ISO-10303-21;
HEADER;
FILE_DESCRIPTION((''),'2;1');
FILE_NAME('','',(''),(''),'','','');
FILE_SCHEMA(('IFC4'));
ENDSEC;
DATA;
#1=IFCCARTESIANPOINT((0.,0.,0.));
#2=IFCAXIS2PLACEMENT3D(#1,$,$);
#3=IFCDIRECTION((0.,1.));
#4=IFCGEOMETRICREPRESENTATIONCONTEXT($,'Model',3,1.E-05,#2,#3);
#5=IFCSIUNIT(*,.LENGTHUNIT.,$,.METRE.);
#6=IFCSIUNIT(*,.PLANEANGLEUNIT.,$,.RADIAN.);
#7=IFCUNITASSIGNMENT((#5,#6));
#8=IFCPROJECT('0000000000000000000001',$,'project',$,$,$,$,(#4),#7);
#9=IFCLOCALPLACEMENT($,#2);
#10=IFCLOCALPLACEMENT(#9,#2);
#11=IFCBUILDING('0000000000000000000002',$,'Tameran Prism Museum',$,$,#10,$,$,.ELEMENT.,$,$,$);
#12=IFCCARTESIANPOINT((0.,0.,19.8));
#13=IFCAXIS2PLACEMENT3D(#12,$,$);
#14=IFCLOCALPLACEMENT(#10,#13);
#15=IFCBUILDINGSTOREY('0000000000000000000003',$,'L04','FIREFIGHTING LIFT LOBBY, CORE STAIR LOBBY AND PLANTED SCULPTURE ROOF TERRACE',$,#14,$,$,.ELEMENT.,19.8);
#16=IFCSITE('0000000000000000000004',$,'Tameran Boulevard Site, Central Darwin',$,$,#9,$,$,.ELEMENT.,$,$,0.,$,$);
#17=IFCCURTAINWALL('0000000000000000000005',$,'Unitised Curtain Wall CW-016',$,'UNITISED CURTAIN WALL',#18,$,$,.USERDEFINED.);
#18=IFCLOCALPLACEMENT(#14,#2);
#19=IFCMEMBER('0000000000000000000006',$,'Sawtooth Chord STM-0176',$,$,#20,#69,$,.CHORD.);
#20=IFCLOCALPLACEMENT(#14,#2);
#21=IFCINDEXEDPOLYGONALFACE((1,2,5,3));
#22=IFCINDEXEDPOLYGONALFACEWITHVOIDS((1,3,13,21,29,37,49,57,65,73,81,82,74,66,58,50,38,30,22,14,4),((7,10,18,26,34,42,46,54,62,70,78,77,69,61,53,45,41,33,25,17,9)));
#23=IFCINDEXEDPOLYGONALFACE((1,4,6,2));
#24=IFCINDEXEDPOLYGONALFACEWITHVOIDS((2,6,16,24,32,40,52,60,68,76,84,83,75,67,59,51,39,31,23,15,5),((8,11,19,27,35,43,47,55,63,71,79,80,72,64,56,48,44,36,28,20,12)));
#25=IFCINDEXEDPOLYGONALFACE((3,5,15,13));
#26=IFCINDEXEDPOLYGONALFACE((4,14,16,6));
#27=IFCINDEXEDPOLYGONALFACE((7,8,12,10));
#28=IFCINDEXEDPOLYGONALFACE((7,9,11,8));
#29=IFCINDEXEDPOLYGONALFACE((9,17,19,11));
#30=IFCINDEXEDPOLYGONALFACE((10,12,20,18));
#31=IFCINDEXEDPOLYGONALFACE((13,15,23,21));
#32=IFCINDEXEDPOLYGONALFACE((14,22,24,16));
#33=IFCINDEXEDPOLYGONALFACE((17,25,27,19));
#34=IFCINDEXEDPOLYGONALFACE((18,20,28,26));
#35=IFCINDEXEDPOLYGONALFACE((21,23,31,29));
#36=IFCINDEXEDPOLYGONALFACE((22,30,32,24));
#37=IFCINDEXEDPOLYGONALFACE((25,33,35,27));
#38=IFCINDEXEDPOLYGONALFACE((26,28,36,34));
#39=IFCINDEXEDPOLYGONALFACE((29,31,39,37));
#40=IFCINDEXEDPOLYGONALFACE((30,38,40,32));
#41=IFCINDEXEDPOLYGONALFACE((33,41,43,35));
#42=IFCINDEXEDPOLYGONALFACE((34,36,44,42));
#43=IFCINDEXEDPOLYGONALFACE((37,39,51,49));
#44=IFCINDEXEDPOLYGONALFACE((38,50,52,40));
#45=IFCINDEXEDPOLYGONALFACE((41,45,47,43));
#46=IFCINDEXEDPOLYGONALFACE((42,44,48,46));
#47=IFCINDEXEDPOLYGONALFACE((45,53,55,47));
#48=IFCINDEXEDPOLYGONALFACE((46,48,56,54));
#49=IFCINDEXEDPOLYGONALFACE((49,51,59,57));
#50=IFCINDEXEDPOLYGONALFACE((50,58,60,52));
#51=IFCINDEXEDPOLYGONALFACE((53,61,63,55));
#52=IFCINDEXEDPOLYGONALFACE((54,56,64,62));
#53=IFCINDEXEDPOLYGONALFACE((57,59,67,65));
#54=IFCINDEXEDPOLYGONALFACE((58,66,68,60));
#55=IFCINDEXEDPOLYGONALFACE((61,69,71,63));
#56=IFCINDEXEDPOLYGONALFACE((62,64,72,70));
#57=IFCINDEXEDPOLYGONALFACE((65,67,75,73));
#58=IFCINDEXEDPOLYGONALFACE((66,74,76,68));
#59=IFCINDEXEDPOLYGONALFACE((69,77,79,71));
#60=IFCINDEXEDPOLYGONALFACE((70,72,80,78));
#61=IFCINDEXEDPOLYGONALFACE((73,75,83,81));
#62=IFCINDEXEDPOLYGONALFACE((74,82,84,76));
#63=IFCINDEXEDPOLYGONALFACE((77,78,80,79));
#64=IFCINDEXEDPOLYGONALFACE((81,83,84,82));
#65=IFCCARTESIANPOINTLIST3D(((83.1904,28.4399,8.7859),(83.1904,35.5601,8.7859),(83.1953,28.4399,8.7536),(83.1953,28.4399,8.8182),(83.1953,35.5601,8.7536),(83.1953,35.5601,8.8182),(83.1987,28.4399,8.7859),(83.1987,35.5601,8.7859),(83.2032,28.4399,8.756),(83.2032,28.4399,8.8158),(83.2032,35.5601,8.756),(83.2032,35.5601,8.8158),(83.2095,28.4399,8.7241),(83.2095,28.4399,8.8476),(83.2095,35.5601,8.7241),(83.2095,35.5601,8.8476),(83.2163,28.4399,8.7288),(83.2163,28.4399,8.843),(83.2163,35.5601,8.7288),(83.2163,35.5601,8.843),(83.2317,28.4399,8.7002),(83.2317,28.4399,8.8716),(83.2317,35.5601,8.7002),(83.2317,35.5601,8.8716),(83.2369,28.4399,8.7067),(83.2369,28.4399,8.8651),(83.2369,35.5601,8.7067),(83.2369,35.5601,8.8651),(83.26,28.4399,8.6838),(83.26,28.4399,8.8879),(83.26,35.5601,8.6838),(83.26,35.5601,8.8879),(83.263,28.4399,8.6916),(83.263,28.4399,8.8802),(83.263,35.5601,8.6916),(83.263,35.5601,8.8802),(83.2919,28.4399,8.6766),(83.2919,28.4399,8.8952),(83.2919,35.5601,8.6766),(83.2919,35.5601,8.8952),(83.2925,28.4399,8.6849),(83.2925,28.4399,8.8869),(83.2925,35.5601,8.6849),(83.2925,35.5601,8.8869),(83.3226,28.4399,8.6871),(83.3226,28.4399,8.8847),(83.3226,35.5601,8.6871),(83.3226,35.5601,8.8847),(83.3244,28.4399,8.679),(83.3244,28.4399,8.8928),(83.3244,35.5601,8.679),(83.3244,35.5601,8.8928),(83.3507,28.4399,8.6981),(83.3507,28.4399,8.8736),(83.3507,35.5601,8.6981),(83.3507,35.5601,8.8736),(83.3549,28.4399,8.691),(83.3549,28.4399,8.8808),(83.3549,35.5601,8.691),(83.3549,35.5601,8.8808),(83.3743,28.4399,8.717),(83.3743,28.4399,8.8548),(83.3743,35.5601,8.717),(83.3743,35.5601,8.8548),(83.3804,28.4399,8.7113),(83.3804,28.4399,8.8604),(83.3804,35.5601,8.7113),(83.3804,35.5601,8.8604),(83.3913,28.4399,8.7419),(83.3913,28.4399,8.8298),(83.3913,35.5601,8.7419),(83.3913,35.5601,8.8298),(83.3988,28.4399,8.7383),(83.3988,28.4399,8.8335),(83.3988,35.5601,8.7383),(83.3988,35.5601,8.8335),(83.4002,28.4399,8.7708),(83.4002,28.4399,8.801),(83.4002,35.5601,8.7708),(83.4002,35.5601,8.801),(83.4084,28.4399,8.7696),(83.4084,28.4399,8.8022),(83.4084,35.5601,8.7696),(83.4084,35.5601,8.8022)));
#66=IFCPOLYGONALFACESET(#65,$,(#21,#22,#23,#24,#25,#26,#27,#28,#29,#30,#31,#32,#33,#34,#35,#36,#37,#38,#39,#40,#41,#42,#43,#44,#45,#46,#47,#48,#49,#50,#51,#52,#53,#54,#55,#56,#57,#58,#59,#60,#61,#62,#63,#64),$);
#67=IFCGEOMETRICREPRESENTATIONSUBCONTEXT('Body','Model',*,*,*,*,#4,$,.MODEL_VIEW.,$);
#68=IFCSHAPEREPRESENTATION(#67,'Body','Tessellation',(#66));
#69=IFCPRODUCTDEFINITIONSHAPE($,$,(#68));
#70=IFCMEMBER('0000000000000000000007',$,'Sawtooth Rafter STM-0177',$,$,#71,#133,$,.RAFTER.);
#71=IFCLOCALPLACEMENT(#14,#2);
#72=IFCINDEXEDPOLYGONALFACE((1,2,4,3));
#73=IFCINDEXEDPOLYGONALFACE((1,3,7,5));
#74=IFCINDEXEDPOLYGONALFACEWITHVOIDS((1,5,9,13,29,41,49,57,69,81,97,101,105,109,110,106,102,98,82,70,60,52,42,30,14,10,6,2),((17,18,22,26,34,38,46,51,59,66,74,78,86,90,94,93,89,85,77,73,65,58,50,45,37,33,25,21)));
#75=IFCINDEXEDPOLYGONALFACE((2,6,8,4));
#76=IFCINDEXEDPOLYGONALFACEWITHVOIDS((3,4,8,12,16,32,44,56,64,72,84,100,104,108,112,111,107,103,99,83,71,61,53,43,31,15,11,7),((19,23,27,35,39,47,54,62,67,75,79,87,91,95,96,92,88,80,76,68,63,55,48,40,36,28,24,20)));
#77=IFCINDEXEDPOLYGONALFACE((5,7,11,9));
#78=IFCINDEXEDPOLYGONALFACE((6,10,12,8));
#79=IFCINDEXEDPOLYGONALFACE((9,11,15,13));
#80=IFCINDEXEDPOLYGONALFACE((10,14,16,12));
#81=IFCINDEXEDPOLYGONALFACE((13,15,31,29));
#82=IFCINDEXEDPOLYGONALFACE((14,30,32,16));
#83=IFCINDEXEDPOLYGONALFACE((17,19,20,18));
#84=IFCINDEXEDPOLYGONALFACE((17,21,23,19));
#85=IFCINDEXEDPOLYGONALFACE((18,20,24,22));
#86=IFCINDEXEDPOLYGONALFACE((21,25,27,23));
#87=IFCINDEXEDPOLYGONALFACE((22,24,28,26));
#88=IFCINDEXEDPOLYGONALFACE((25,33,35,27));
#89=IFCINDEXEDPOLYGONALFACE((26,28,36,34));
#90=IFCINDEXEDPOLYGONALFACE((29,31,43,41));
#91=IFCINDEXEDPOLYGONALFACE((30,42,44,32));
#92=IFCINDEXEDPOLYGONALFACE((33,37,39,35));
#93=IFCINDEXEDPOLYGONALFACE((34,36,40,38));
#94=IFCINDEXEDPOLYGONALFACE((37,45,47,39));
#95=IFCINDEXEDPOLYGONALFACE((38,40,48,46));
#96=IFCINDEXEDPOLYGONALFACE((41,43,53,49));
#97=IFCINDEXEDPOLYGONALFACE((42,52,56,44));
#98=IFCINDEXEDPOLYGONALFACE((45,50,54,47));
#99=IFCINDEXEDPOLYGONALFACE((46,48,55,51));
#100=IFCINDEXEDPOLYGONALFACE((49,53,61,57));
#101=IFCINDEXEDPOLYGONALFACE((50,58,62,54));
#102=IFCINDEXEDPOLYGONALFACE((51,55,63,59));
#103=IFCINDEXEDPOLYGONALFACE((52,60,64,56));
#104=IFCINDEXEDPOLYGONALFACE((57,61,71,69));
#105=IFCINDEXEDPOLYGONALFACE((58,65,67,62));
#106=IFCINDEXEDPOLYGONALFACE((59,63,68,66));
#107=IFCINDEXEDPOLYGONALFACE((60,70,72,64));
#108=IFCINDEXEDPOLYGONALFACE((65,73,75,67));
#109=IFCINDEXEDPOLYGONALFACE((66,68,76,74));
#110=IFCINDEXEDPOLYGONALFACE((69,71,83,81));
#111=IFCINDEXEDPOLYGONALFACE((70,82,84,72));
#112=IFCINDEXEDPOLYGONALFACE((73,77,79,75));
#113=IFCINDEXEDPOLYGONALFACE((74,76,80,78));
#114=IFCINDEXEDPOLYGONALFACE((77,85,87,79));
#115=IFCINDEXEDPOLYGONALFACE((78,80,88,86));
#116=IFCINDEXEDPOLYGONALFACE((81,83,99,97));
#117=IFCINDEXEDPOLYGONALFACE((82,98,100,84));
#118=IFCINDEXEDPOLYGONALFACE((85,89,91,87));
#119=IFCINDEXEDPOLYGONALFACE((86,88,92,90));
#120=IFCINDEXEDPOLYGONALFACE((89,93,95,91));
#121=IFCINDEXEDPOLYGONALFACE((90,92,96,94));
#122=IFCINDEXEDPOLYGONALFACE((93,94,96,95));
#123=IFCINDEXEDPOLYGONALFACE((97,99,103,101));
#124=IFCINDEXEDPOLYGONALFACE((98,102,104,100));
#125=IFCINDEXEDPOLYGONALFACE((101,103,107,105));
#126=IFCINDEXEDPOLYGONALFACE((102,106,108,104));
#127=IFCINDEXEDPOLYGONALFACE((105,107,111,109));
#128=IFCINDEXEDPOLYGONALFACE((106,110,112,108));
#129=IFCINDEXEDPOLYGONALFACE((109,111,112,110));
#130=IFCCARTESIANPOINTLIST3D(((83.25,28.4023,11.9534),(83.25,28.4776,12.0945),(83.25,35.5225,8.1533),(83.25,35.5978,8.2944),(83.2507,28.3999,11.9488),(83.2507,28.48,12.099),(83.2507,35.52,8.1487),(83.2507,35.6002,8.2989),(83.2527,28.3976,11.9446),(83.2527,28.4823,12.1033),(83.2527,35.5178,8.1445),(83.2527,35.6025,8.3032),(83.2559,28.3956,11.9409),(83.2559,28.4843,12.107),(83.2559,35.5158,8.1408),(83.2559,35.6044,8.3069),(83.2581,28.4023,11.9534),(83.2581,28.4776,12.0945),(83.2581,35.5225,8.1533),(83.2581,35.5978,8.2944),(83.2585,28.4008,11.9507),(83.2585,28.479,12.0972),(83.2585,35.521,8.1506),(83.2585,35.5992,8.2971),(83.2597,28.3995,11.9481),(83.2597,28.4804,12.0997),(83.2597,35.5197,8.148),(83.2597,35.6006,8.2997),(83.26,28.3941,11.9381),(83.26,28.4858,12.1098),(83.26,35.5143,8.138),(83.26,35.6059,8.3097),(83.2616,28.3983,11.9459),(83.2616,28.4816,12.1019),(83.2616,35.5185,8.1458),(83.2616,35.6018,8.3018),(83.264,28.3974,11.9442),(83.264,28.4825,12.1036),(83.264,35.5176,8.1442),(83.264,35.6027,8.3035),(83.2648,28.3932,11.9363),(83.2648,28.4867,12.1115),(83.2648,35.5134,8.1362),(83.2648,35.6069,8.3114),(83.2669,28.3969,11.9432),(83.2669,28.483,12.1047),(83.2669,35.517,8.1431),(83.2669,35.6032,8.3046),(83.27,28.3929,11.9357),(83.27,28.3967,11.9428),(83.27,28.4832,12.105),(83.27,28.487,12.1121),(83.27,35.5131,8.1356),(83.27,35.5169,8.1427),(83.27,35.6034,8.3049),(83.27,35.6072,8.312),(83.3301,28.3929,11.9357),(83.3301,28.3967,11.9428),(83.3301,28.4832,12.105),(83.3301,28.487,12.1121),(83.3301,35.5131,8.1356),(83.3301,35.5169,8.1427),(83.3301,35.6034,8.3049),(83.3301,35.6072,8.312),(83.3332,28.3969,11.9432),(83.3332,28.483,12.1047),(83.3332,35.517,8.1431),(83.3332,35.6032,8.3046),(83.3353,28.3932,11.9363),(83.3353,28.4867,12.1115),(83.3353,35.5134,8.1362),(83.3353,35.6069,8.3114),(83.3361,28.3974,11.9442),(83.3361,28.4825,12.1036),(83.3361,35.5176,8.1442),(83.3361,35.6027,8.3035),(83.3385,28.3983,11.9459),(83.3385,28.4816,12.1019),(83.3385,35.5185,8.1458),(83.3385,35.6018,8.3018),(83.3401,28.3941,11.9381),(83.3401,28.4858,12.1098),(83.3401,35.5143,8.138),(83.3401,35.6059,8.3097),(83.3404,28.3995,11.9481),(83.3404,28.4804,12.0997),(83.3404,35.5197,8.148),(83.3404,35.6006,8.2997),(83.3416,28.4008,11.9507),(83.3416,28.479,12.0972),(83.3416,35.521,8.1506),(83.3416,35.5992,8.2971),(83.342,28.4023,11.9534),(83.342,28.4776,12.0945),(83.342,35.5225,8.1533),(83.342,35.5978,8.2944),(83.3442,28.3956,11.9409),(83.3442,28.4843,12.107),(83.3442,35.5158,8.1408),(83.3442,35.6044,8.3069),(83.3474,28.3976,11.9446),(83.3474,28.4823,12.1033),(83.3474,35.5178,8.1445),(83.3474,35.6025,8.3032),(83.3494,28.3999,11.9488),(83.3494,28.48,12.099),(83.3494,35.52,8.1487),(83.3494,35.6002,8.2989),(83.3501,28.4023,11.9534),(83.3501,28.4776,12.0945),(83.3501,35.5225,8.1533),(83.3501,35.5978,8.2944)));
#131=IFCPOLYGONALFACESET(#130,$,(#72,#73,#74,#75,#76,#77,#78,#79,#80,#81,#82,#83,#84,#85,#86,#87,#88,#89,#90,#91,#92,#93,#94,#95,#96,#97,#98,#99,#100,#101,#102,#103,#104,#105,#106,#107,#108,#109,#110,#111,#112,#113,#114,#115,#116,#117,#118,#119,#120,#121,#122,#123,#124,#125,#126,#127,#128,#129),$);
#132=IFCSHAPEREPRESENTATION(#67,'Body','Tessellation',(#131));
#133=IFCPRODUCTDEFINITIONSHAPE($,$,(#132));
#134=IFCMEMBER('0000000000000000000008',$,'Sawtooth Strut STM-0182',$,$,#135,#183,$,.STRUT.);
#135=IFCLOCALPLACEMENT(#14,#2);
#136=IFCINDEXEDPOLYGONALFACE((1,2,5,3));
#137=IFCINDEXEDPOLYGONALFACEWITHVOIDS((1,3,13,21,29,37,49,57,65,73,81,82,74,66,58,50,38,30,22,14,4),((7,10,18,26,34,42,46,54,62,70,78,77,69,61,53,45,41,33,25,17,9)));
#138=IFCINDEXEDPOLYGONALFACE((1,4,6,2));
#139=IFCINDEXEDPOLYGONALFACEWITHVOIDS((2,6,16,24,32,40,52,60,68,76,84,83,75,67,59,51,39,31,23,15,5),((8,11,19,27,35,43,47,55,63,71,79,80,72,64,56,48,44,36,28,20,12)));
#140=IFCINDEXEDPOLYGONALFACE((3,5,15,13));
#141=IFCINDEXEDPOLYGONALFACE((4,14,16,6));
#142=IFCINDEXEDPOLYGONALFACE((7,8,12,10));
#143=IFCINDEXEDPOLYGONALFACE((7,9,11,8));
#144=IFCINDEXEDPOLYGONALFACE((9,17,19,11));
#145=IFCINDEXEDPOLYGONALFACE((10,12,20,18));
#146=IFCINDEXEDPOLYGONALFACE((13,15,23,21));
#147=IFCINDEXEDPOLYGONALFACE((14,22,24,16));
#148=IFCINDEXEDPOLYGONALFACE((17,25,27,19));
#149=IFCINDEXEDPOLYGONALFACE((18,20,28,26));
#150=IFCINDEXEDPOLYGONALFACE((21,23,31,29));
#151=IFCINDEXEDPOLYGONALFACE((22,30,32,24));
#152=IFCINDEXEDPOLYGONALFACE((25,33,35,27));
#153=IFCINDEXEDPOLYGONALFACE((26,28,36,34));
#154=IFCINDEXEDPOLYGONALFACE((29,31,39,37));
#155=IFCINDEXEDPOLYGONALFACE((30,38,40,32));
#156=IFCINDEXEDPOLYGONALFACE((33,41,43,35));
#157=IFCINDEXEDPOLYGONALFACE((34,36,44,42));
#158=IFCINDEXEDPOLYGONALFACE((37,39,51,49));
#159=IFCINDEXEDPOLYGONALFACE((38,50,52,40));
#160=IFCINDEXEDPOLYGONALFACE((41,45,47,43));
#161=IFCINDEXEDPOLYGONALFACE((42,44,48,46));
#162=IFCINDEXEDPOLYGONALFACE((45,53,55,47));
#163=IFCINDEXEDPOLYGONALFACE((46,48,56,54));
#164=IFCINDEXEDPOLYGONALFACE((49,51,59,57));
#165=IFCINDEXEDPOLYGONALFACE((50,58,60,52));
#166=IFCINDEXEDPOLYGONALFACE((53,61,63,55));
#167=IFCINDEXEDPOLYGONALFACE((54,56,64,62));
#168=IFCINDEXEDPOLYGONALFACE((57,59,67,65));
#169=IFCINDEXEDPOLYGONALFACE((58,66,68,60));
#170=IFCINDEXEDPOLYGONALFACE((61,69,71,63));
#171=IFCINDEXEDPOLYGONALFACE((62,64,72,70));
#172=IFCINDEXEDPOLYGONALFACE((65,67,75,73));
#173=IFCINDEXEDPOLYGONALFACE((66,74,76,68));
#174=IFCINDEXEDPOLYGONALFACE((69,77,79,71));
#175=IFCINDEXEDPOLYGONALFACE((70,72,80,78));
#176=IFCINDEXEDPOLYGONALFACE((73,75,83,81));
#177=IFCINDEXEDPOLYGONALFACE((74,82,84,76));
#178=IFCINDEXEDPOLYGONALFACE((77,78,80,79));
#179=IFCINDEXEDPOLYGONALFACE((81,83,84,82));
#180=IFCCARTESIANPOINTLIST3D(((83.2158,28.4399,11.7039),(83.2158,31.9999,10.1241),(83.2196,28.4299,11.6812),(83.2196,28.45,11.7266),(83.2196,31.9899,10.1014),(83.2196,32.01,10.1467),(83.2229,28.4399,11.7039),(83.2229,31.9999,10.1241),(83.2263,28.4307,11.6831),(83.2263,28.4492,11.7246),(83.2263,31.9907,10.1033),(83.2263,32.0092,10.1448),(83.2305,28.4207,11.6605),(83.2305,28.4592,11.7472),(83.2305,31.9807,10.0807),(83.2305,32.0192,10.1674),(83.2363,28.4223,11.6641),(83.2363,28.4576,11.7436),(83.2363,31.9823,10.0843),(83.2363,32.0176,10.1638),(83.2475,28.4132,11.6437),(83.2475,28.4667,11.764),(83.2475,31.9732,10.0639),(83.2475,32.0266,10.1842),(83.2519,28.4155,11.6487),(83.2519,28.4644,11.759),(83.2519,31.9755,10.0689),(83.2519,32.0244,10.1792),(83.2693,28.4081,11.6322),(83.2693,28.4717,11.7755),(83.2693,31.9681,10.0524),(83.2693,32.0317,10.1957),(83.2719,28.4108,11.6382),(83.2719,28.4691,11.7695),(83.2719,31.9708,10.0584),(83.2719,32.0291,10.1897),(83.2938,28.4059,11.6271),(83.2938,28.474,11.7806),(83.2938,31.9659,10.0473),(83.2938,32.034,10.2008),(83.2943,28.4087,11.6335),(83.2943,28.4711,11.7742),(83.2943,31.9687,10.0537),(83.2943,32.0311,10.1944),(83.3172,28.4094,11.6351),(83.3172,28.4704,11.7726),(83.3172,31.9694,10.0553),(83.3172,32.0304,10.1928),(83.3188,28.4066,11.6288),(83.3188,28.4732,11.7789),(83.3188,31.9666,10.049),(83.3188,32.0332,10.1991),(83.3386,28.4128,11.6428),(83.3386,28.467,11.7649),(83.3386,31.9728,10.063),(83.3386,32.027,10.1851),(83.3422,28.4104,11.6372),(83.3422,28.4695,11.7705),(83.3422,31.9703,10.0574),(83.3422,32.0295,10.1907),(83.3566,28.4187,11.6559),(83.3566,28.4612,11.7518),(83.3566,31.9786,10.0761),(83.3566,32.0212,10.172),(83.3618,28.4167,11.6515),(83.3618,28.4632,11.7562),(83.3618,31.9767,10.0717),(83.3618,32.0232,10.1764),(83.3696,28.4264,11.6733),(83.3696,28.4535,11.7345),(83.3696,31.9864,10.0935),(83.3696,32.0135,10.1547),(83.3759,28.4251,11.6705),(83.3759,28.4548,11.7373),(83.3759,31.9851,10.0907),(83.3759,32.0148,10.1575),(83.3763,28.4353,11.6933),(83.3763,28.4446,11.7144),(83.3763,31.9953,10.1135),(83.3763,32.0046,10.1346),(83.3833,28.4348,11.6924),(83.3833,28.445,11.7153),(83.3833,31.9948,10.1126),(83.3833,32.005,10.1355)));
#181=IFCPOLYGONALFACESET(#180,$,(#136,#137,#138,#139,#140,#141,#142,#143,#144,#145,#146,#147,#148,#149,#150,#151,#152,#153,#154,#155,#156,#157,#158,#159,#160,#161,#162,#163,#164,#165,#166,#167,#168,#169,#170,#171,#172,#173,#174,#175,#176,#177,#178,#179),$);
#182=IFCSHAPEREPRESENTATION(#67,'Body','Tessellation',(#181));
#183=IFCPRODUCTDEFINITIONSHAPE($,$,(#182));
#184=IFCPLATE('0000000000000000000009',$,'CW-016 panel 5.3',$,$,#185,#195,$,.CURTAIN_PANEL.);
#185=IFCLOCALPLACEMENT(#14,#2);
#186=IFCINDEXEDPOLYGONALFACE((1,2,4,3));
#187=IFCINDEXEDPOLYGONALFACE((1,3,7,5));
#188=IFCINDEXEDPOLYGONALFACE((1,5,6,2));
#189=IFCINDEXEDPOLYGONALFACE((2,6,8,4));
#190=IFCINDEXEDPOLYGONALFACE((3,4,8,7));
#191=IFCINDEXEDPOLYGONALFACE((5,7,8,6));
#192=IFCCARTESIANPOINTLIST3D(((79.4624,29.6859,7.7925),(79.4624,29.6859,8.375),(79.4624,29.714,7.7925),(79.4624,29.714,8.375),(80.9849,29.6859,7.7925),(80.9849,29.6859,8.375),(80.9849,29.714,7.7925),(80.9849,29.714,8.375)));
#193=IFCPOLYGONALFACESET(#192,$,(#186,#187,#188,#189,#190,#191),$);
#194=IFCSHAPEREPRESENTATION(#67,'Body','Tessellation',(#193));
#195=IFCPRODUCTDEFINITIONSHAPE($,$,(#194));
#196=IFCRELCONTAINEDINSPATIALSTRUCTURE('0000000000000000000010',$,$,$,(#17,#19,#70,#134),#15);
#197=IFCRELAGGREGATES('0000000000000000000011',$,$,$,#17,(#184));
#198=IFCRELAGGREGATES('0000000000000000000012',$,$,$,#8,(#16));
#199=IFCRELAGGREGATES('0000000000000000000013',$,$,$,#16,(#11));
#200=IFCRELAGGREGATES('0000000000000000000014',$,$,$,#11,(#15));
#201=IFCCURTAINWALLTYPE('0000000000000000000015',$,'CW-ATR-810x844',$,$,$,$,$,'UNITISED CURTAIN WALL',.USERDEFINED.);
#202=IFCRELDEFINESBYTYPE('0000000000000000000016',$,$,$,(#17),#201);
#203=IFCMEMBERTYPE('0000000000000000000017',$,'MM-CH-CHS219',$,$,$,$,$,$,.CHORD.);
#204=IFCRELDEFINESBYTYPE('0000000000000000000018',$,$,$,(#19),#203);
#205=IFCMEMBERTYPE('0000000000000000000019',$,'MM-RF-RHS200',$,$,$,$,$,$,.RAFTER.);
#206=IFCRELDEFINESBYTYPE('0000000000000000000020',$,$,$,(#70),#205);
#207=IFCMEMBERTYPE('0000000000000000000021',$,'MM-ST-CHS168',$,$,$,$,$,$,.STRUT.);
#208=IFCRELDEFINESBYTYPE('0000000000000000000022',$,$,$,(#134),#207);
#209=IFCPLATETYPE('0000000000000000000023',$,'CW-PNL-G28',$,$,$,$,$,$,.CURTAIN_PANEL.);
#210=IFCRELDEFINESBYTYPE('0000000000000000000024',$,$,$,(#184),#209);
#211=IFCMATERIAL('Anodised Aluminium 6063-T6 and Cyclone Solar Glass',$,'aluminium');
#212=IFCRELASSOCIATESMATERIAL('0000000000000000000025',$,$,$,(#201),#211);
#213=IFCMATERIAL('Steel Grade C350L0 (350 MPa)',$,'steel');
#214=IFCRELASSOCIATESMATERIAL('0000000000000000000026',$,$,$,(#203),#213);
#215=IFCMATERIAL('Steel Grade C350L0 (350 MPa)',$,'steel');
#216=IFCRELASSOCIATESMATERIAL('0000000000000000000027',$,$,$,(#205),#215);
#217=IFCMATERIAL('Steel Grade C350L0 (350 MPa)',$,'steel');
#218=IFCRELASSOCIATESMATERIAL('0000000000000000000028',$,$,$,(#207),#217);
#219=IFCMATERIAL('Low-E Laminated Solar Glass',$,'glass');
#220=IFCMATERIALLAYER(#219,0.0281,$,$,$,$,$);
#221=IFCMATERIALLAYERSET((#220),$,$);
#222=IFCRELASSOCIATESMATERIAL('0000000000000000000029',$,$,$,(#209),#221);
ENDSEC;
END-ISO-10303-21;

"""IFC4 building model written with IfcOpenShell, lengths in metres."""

from ifc_helpers import new_model, si_unit, direction, frame, origin, origin_2d, place, context, subcontext, project, spatial, rectangle, hollow_rectangle, hollow_circle, extrude, material, layer, layer_set, material_profile, profile_set, type_object, element, aggregate, save


model = new_model("IFC4")

# Units and contexts
model_context = context("Model", 3, precision=1e-05, world=origin(), true_north=direction((0.0, 1.0)))
body_context = subcontext(model_context, "Body", "Model", "MODEL_VIEW")
ifc_project = project(units=[si_unit("LENGTHUNIT", "METRE"), si_unit("PLANEANGLEUNIT", "RADIAN")], contexts=[model_context])

# Site, building, storey
site_placement = place(None, origin())
site = spatial("IfcSite", under=ifc_project, at=site_placement, Name="Tameran Boulevard Site, Central Darwin", CompositionType="ELEMENT", RefElevation=0.0)
building_placement = place(site_placement, origin())
building = spatial("IfcBuilding", under=site, at=building_placement, Name="Tameran Prism Museum", CompositionType="ELEMENT")
storey_placement = place(building_placement, frame((0.0, 0.0, 19.8)))
storey = spatial("IfcBuildingStorey", under=building, at=storey_placement, Name="L04", Description="FIREFIGHTING LIFT LOBBY, CORE STAIR LOBBY AND PLANTED SCULPTURE ROOF TERRACE", CompositionType="ELEMENT", Elevation=19.8)

# Curtain wall
ifc_material_1 = material(Name="Anodised Aluminium 6063-T6 and Cyclone Solar Glass", Category="aluminium")
curtain_wall_type_1 = type_object("IfcCurtainWallType", Name="CW-ATR-810x844", ElementType="UNITISED CURTAIN WALL", PredefinedType="USERDEFINED", material=ifc_material_1)
curtain_wall_1_placement = place(storey_placement, origin())
curtain_wall_1 = element("IfcCurtainWall", 1, at=curtain_wall_1_placement, inside=storey, type_object=curtain_wall_type_1, Name="Unitised Curtain Wall CW-016", ObjectType="UNITISED CURTAIN WALL", PredefinedType="USERDEFINED")

# Members
ifc_material_2 = material(Name="Steel Grade C350L0 (350 MPa)", Category="steel")
ifc_material_profile_1 = material_profile(ifc_material_2, hollow_circle(Radius=0.1096, WallThickness=0.0083, at=origin_2d()))
ifc_profile_set_1 = profile_set([ifc_material_profile_1])
member_type_1 = type_object("IfcMemberType", Name="MM-CH-CHS219", PredefinedType="CHORD", material=ifc_profile_set_1)
member_1_placement = place(storey_placement, frame((83.3, 28.4399, 8.7859), z_axis=(0.0, 1.0, 0.0), x_axis=(-1.0, 0.0, 0.0)))
element("IfcMember", 2, at=member_1_placement, inside=storey, type_object=member_type_1, Name="Sawtooth Chord STM-0176", PredefinedType="CHORD", context=body_context, shape_type="SweptSolid", body=[
    extrude(hollow_circle(Radius=0.1096, WallThickness=0.0083, at=origin_2d()), origin(), (0.0, 0.0, 1.0), 7.1201),
])
ifc_material_3 = material(Name="Steel Grade C350L0 (350 MPa)", Category="steel")
ifc_material_profile_2 = material_profile(ifc_material_3, hollow_rectangle(XDim=0.1001, YDim=0.2, WallThickness=0.0081, InnerFilletRadius=0.012, OuterFilletRadius=0.02, at=origin_2d()))
ifc_profile_set_2 = profile_set([ifc_material_profile_2])
member_type_2 = type_object("IfcMemberType", Name="MM-RF-RHS200", PredefinedType="RAFTER", material=ifc_profile_set_2)
member_2_placement = place(storey_placement, frame((83.3, 28.4399, 12.0239), z_axis=(0.0, 0.882216, -0.470844), x_axis=(-1.0, 0.0, 0.0)))
element("IfcMember", 3, at=member_2_placement, inside=storey, type_object=member_type_2, Name="Sawtooth Rafter STM-0177", PredefinedType="RAFTER", context=body_context, shape_type="SweptSolid", body=[
    extrude(hollow_rectangle(XDim=0.1001, YDim=0.2, WallThickness=0.0081, InnerFilletRadius=0.012, OuterFilletRadius=0.02, at=origin_2d()), origin(), (0.0, 0.0, 1.0), 8.0708),
])
ifc_material_4 = material(Name="Steel Grade C350L0 (350 MPa)", Category="steel")
ifc_material_profile_3 = material_profile(ifc_material_4, hollow_circle(Radius=0.0842, WallThickness=0.0071, at=origin_2d()))
ifc_profile_set_3 = profile_set([ifc_material_profile_3])
member_type_3 = type_object("IfcMemberType", Name="MM-ST-CHS168", PredefinedType="STRUT", material=ifc_profile_set_3)
member_3_placement = place(storey_placement, frame((83.3, 28.4399, 11.7039), z_axis=(0.0, 0.914041, -0.405621), x_axis=(-1.0, 0.0, 0.0)))
element("IfcMember", 4, at=member_3_placement, inside=storey, type_object=member_type_3, Name="Sawtooth Strut STM-0182", PredefinedType="STRUT", context=body_context, shape_type="SweptSolid", body=[
    extrude(hollow_circle(Radius=0.0842, WallThickness=0.0071, at=origin_2d()), origin(), (0.0, 0.0, 1.0), 3.8948),
])

# Plate
ifc_material_5 = material(Name="Low-E Laminated Solar Glass", Category="glass")
ifc_layer_1 = layer(ifc_material_5, 0.0281)
ifc_layer_set_1 = layer_set([ifc_layer_1])
plate_type_1 = type_object("IfcPlateType", Name="CW-PNL-G28", PredefinedType="CURTAIN_PANEL", material=ifc_layer_set_1)
plate_1_placement = place(storey_placement, frame((80.2236, 29.7, 7.7925), z_axis=(0.0, 0.0, 1.0), x_axis=(1.0, 0.0, 0.0)))
plate_1 = element("IfcPlate", 5, at=plate_1_placement, type_object=plate_type_1, Name="CW-016 panel 5.3", PredefinedType="CURTAIN_PANEL", context=body_context, shape_type="SweptSolid", body=[
    extrude(rectangle(XDim=1.5225, YDim=0.0281, at=origin_2d()), origin(), (0.0, 0.0, 1.0), 0.5825),
])
aggregate(curtain_wall_1, [plate_1])

save(model, "model.ifc")
